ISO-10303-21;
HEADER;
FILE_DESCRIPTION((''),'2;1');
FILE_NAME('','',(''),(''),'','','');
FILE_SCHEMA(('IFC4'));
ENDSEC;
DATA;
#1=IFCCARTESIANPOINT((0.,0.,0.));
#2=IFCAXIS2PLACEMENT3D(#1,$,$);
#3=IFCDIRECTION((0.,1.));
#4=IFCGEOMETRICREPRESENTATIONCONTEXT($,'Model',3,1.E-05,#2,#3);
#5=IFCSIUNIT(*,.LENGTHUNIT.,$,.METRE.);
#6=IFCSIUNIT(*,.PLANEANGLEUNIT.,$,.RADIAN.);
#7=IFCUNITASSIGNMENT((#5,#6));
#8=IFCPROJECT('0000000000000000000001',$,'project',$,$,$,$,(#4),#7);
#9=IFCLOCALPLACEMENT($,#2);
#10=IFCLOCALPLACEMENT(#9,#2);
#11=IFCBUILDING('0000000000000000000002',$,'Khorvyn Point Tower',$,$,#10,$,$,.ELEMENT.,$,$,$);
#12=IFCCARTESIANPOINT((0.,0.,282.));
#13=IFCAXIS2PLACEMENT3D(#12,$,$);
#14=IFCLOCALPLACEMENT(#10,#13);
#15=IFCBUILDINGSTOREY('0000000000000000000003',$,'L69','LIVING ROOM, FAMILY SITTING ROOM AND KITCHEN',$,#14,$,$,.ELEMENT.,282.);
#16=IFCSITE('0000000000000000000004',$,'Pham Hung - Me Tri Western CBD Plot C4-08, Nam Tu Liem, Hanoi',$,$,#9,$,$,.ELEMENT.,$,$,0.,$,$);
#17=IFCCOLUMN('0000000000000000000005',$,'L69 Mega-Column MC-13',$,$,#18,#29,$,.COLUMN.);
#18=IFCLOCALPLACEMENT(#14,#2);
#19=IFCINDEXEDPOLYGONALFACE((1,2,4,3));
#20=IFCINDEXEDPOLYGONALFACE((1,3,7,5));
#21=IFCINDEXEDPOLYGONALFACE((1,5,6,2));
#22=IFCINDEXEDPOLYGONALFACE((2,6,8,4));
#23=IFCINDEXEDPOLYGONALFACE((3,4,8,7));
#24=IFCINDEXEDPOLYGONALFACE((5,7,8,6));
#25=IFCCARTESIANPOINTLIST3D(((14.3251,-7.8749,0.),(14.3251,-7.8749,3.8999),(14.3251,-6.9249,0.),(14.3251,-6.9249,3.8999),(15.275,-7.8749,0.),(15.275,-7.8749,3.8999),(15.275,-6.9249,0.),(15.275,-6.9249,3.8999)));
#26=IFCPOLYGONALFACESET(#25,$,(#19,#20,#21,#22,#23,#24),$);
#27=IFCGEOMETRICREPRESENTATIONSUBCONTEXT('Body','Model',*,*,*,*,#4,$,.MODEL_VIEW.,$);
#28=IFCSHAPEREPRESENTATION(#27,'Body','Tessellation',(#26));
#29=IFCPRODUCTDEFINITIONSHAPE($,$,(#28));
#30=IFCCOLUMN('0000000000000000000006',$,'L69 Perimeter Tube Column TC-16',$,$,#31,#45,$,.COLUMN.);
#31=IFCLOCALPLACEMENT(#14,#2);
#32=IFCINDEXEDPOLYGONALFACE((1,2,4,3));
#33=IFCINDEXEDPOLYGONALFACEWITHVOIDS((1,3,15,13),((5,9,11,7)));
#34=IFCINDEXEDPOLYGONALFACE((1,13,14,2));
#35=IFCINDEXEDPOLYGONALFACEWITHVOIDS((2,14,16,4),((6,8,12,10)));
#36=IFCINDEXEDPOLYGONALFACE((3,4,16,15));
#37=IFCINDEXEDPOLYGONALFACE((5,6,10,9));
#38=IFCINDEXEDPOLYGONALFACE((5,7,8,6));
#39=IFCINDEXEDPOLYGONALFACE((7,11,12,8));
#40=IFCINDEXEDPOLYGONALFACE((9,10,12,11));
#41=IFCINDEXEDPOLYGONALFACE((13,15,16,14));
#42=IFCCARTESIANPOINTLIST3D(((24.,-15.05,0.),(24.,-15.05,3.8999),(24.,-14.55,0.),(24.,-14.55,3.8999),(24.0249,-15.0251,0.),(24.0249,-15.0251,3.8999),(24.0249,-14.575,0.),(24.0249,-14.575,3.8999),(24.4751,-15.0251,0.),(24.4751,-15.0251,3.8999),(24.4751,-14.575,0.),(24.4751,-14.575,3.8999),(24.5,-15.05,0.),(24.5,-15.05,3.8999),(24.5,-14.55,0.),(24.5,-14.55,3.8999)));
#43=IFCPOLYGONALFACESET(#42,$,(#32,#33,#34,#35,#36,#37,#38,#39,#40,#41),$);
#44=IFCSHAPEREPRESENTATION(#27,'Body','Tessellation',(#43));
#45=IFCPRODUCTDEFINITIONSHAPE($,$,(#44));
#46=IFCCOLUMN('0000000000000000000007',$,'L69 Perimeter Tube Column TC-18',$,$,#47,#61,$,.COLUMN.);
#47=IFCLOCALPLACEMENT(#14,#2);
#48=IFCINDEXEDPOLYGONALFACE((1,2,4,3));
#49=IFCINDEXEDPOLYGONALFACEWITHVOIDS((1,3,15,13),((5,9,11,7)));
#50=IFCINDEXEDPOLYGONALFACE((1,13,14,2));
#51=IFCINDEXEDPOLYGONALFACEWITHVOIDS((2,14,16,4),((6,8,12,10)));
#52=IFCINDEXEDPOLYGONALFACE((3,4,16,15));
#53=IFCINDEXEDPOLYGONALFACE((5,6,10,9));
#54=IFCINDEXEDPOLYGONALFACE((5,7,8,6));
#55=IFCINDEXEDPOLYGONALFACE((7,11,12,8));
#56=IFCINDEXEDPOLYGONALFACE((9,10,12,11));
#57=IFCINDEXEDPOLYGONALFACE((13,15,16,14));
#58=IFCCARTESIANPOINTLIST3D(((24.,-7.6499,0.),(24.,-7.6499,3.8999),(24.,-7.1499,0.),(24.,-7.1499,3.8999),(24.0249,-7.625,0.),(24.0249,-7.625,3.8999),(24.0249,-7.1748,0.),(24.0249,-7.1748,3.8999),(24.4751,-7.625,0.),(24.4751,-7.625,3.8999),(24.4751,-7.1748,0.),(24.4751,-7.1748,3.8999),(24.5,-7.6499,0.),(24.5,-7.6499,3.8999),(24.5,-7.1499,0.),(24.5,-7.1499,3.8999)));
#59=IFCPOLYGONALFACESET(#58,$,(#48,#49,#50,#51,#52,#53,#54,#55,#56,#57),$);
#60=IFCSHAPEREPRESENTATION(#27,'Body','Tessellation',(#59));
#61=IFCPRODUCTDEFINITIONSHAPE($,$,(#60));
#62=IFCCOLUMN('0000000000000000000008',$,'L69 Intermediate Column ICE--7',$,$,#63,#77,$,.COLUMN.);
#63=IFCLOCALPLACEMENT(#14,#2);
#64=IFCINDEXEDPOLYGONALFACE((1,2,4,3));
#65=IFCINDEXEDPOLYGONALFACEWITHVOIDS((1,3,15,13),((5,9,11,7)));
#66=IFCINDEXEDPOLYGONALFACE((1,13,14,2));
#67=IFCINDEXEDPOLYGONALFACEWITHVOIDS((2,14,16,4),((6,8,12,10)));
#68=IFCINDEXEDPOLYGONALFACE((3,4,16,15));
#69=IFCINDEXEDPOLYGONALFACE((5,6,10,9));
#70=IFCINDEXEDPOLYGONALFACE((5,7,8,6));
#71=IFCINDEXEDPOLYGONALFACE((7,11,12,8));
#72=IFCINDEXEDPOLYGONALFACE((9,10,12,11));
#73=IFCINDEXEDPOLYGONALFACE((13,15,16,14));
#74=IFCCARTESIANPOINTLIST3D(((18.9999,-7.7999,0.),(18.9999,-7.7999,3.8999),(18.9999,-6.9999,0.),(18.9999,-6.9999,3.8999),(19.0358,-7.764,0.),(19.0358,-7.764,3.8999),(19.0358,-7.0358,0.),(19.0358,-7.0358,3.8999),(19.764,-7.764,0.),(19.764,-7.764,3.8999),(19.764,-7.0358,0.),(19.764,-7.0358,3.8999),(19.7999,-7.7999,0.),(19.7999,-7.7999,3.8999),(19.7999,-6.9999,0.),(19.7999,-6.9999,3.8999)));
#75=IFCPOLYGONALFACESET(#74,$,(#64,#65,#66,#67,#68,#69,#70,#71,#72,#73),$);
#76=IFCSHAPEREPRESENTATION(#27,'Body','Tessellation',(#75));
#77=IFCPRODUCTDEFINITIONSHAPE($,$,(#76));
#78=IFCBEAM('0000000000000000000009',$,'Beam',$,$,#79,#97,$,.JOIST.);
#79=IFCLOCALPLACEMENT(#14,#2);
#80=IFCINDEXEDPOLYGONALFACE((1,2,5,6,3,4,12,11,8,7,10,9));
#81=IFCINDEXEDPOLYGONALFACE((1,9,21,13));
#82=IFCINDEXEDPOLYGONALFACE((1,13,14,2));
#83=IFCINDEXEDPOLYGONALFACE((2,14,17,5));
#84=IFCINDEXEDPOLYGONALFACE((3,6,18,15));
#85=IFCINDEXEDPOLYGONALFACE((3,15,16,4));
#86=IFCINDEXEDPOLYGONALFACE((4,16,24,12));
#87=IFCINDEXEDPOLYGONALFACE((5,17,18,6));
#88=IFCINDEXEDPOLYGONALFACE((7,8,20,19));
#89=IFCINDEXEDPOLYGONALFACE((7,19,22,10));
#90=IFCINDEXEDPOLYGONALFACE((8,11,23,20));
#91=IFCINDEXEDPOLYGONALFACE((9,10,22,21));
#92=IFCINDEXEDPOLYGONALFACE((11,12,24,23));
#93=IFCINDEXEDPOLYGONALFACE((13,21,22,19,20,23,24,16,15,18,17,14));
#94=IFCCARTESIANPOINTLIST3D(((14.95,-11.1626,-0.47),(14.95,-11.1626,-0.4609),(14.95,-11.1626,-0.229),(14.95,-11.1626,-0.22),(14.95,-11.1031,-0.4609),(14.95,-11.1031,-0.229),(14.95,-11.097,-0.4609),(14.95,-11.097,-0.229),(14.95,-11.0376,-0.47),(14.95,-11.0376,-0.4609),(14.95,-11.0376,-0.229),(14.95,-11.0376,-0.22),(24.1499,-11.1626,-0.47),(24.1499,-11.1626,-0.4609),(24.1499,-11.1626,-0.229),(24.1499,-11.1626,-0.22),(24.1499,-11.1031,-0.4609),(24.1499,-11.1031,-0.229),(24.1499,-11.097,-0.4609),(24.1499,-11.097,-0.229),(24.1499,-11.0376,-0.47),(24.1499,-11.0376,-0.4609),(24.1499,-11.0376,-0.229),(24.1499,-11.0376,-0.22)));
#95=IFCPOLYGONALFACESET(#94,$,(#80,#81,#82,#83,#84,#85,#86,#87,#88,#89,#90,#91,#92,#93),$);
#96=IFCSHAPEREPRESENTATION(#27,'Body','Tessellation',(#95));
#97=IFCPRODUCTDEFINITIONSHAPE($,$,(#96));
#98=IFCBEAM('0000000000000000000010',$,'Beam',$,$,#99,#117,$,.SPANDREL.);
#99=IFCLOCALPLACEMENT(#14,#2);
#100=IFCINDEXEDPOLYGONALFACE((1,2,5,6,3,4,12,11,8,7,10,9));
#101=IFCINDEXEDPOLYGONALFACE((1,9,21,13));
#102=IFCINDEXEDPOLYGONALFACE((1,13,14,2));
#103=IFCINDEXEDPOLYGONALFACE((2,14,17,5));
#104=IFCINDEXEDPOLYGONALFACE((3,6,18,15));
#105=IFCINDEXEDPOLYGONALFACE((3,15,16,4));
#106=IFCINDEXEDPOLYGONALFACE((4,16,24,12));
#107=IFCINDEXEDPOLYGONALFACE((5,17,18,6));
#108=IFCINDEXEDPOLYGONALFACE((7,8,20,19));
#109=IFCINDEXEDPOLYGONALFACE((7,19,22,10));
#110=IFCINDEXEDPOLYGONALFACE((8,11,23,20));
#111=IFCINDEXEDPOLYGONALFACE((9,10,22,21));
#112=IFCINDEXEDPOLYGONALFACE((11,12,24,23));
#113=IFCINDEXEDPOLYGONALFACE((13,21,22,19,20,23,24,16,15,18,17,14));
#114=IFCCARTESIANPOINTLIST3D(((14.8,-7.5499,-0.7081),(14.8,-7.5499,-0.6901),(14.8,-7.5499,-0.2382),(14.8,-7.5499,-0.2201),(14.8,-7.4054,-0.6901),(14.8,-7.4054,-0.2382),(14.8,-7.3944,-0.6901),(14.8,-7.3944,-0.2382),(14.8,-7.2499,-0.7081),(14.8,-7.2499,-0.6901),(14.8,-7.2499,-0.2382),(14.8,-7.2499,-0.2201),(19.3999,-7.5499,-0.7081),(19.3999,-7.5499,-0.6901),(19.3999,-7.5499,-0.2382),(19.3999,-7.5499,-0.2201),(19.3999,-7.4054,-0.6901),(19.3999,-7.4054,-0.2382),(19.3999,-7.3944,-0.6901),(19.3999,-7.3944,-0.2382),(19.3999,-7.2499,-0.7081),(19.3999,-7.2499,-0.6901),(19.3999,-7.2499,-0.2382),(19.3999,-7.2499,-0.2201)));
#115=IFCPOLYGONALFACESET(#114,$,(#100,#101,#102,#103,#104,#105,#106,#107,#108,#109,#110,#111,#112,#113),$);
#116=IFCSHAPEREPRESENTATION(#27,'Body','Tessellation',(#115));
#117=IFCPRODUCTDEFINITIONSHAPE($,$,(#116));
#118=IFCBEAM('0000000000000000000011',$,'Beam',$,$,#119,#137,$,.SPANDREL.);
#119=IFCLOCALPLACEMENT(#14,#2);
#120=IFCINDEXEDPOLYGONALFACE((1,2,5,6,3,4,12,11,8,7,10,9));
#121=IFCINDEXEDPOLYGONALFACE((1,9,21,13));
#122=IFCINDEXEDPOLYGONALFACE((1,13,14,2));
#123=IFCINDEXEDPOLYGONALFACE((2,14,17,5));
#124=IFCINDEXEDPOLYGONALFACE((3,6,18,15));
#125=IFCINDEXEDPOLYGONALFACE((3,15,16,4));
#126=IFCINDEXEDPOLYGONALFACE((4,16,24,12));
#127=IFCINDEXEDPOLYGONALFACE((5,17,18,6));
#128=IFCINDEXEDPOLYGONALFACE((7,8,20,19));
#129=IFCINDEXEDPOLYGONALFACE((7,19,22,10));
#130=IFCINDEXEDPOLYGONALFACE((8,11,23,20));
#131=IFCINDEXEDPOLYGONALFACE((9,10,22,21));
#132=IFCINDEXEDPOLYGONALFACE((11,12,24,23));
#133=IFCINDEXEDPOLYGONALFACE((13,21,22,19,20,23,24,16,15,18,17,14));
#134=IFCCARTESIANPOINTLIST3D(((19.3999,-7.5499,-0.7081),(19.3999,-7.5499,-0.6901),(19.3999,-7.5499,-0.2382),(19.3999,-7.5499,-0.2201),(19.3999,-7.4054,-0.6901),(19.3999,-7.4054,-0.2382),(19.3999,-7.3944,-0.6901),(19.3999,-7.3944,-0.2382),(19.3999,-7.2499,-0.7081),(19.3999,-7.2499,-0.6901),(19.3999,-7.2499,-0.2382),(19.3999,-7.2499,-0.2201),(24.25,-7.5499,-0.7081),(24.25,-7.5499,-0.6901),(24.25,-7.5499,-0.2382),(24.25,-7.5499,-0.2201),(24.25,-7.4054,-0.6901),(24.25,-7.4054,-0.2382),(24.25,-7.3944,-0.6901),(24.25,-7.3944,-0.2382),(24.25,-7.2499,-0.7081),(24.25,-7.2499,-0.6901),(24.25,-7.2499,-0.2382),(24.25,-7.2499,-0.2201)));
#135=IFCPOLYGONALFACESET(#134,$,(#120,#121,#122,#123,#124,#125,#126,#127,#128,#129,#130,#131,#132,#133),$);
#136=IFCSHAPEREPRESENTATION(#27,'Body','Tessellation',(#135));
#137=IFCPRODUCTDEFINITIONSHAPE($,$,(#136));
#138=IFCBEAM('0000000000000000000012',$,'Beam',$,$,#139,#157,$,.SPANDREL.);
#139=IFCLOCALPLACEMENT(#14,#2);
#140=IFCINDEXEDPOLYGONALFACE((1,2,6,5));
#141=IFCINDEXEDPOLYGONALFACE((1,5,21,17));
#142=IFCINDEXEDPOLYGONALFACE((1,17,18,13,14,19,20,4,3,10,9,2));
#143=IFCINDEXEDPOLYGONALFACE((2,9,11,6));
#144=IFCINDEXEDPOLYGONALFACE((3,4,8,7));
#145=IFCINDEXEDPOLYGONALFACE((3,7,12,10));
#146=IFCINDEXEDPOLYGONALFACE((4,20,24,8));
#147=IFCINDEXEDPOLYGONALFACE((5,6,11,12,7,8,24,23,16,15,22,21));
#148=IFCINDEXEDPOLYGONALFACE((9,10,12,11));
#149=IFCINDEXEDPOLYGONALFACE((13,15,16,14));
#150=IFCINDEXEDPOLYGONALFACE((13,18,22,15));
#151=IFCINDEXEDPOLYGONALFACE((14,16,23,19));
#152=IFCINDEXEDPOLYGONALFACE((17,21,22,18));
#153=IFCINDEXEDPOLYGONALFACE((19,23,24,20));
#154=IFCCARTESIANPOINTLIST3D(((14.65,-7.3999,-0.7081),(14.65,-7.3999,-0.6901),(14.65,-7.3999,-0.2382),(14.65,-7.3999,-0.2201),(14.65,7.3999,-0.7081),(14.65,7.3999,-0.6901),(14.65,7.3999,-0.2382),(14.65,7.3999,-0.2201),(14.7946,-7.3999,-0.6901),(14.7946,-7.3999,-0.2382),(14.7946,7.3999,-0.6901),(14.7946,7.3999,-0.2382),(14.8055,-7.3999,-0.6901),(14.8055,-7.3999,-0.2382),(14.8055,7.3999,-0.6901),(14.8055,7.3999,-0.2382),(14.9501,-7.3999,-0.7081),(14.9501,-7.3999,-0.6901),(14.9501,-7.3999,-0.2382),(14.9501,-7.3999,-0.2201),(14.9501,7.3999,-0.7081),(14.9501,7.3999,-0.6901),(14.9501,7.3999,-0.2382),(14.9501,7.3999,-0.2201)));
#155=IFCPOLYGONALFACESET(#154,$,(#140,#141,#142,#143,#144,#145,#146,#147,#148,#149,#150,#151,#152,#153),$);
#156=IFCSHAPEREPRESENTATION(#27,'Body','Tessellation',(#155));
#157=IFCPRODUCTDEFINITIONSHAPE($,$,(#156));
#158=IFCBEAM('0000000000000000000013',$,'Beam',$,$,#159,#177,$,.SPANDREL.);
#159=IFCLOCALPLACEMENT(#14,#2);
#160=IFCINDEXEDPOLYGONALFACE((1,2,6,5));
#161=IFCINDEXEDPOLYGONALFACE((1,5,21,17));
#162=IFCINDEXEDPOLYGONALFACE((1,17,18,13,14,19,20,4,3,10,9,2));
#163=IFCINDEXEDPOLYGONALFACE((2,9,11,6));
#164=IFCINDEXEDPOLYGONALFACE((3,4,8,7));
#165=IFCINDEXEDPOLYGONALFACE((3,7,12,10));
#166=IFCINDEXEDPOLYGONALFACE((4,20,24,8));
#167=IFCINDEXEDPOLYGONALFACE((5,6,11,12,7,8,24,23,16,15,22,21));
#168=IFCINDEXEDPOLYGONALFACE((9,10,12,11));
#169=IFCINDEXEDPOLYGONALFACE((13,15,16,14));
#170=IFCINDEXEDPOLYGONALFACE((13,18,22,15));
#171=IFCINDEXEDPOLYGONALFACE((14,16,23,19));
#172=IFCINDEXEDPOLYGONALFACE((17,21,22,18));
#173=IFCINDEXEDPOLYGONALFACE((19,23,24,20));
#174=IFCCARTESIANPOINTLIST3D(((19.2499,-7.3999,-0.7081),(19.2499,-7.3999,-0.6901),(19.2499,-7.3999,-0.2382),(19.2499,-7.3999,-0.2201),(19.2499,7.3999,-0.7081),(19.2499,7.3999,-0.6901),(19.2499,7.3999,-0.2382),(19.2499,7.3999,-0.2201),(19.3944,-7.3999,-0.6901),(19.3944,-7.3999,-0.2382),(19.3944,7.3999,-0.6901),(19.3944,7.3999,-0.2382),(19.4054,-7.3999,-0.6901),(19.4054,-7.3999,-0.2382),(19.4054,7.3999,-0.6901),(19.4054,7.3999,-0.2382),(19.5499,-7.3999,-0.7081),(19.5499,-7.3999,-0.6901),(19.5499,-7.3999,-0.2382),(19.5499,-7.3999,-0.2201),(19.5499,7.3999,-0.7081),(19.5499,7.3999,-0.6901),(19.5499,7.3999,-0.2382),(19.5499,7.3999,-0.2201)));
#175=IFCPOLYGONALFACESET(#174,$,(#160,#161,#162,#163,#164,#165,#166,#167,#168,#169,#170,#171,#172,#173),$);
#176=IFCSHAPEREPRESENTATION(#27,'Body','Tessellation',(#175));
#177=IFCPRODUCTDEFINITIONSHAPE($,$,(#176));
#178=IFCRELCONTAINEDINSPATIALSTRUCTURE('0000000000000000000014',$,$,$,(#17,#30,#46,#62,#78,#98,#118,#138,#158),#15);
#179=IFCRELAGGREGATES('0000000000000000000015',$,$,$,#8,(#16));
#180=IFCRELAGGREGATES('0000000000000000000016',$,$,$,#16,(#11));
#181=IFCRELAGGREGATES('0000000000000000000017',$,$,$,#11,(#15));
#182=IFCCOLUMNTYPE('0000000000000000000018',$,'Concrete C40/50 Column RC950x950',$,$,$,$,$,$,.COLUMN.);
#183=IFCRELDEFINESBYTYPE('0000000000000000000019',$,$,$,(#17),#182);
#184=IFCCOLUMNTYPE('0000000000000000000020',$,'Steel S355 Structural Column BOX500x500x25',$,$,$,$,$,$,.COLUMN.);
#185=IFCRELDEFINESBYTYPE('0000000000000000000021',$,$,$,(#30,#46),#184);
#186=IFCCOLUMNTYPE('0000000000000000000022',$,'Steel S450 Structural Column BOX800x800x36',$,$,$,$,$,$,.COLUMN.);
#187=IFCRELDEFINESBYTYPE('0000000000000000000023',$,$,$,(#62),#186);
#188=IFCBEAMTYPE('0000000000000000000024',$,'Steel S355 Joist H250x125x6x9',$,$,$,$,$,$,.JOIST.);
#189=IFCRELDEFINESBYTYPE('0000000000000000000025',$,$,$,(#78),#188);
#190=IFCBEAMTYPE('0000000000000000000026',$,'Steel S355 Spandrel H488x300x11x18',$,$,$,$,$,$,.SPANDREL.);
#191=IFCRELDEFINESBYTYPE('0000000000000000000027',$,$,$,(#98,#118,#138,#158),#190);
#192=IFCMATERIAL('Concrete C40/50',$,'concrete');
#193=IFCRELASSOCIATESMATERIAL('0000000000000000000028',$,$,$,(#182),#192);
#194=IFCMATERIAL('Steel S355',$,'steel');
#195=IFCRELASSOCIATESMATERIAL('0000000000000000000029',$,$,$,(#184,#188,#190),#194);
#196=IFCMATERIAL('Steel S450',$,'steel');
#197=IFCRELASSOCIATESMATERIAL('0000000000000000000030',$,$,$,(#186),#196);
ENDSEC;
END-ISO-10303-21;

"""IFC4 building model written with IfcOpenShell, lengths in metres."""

from ifc_helpers import new_model, si_unit, direction, frame, origin, origin_2d, place, context, subcontext, project, spatial, rectangle, hollow_rectangle, i_section, extrude, material, material_profile, profile_set, type_object, element, save


model = new_model("IFC4")

# Units and contexts
model_context = context("Model", 3, precision=1e-05, world=origin(), true_north=direction((0.0, 1.0)))
body_context = subcontext(model_context, "Body", "Model", "MODEL_VIEW")
ifc_project = project(units=[si_unit("LENGTHUNIT", "METRE"), si_unit("PLANEANGLEUNIT", "RADIAN")], contexts=[model_context])

# Site, building, storey
site_placement = place(None, origin())
site = spatial("IfcSite", under=ifc_project, at=site_placement, Name="Pham Hung - Me Tri Western CBD Plot C4-08, Nam Tu Liem, Hanoi", CompositionType="ELEMENT", RefElevation=0.0)
building_placement = place(site_placement, origin())
building = spatial("IfcBuilding", under=site, at=building_placement, Name="Khorvyn Point Tower", CompositionType="ELEMENT")
storey_placement = place(building_placement, frame((0.0, 0.0, 282.0)))
storey = spatial("IfcBuildingStorey", under=building, at=storey_placement, Name="L69", Description="LIVING ROOM, FAMILY SITTING ROOM AND KITCHEN", CompositionType="ELEMENT", Elevation=282.0)

# Columns
ifc_material_1 = material(Name="Concrete C40/50", Category="concrete")
ifc_material_profile_1 = material_profile(ifc_material_1, rectangle(XDim=0.95, YDim=0.95, at=origin_2d()))
ifc_profile_set_1 = profile_set([ifc_material_profile_1], Name="Concrete C40/50 RC950x950")
column_type_1 = type_object("IfcColumnType", Name="Concrete C40/50 Column RC950x950", PredefinedType="COLUMN", material=ifc_profile_set_1)
column_1_placement = place(storey_placement, frame((14.8, -7.3999, 0.0), z_axis=(0.0, 0.0, 1.0), x_axis=(1.0, 0.0, 0.0)))
element("IfcColumn", 1, at=column_1_placement, inside=storey, type_object=column_type_1, Name="L69 Mega-Column MC-13", PredefinedType="COLUMN", context=body_context, shape_type="SweptSolid", body=[
    extrude(rectangle(XDim=0.95, YDim=0.95, at=origin_2d()), origin(), (0.0, 0.0, 1.0), 3.8999),
])
ifc_material_2 = material(Name="Steel S355", Category="steel")
ifc_material_profile_2 = material_profile(ifc_material_2, hollow_rectangle(XDim=0.5, YDim=0.5, WallThickness=0.0249, at=origin_2d()))
ifc_profile_set_2 = profile_set([ifc_material_profile_2], Name="Steel S355 BOX500x500x25")
column_type_2 = type_object("IfcColumnType", Name="Steel S355 Structural Column BOX500x500x25", PredefinedType="COLUMN", material=ifc_profile_set_2)
for number, where, z_axis, x_axis, name in (
    (2, (24.25, -14.8, 0.0), (0.0, 0.0, 1.0), (1.0, 0.0, 0.0), "L69 Perimeter Tube Column TC-16"),
    (3, (24.25, -7.3999, 0.0), (0.0, 0.0, 1.0), (1.0, 0.0, 0.0), "L69 Perimeter Tube Column TC-18"),
):
    element("IfcColumn", number, at=place(storey_placement, frame(where, z_axis=z_axis, x_axis=x_axis)), inside=storey, type_object=column_type_2, Name=name, PredefinedType="COLUMN", context=body_context, shape_type="SweptSolid", body=[
        extrude(hollow_rectangle(XDim=0.5, YDim=0.5, WallThickness=0.0249, at=origin_2d()), origin(), (0.0, 0.0, 1.0), 3.8999),
    ])
ifc_material_3 = material(Name="Steel S450", Category="steel")
ifc_material_profile_3 = material_profile(ifc_material_3, hollow_rectangle(XDim=0.8, YDim=0.8, WallThickness=0.0359, at=origin_2d()))
ifc_profile_set_3 = profile_set([ifc_material_profile_3], Name="Steel S450 BOX800x800x36")
column_type_3 = type_object("IfcColumnType", Name="Steel S450 Structural Column BOX800x800x36", PredefinedType="COLUMN", material=ifc_profile_set_3)
column_2_placement = place(storey_placement, frame((19.3999, -7.3999, 0.0), z_axis=(0.0, 0.0, 1.0), x_axis=(1.0, 0.0, 0.0)))
element("IfcColumn", 4, at=column_2_placement, inside=storey, type_object=column_type_3, Name="L69 Intermediate Column ICE--7", PredefinedType="COLUMN", context=body_context, shape_type="SweptSolid", body=[
    extrude(hollow_rectangle(XDim=0.8, YDim=0.8, WallThickness=0.0359, at=origin_2d()), origin(), (0.0, 0.0, 1.0), 3.8999),
])

# Beams
ifc_material_profile_4 = material_profile(ifc_material_2, i_section(OverallWidth=0.125, OverallDepth=0.25, WebThickness=0.0061, FlangeThickness=0.009, at=origin_2d()))
ifc_profile_set_4 = profile_set([ifc_material_profile_4], Name="Steel S355 H250x125x6x9")
beam_type_1 = type_object("IfcBeamType", Name="Steel S355 Joist H250x125x6x9", PredefinedType="JOIST", material=ifc_profile_set_4)
beam_1_placement = place(storey_placement, frame((14.95, -11.1001, -0.345), z_axis=(1.0, 0.0, 0.0), x_axis=(0.0, 1.0, 0.0)))
element("IfcBeam", 5, at=beam_1_placement, inside=storey, type_object=beam_type_1, Name="Beam", PredefinedType="JOIST", context=body_context, shape_type="SweptSolid", body=[
    extrude(i_section(OverallWidth=0.125, OverallDepth=0.25, WebThickness=0.0061, FlangeThickness=0.009, at=origin_2d()), origin(), (0.0, 0.0, 1.0), 9.2),
])
ifc_material_profile_5 = material_profile(ifc_material_2, i_section(OverallWidth=0.3, OverallDepth=0.488, WebThickness=0.011, FlangeThickness=0.0181, at=origin_2d()))
ifc_profile_set_5 = profile_set([ifc_material_profile_5], Name="Steel S355 H488x300x11x18")
beam_type_2 = type_object("IfcBeamType", Name="Steel S355 Spandrel H488x300x11x18", PredefinedType="SPANDREL", material=ifc_profile_set_5)
beam_2_placement = place(storey_placement, frame((14.8, -7.3999, -0.4641), z_axis=(1.0, 0.0, 0.0), x_axis=(0.0, 1.0, 0.0)))
element("IfcBeam", 6, at=beam_2_placement, inside=storey, type_object=beam_type_2, Name="Beam", PredefinedType="SPANDREL", context=body_context, shape_type="SweptSolid", body=[
    extrude(i_section(OverallWidth=0.3, OverallDepth=0.488, WebThickness=0.011, FlangeThickness=0.0181, at=origin_2d()), origin(), (0.0, 0.0, 1.0), 4.5999),
])
beam_3_placement = place(storey_placement, frame((19.3999, -7.3999, -0.4641), z_axis=(1.0, 0.0, 0.0), x_axis=(0.0, 1.0, 0.0)))
element("IfcBeam", 7, at=beam_3_placement, inside=storey, type_object=beam_type_2, Name="Beam", PredefinedType="SPANDREL", context=body_context, shape_type="SweptSolid", body=[
    extrude(i_section(OverallWidth=0.3, OverallDepth=0.488, WebThickness=0.011, FlangeThickness=0.0181, at=origin_2d()), origin(), (0.0, 0.0, 1.0), 4.8501),
])
for number, where, z_axis, x_axis, name in (
    (8, (14.8, -7.3999, -0.4641), (0.0, 1.0, 0.0), (-1.0, 0.0, 0.0), "Beam"),
    (9, (19.3999, -7.3999, -0.4641), (0.0, 1.0, 0.0), (-1.0, 0.0, 0.0), "Beam"),
):
    element("IfcBeam", number, at=place(storey_placement, frame(where, z_axis=z_axis, x_axis=x_axis)), inside=storey, type_object=beam_type_2, Name=name, PredefinedType="SPANDREL", context=body_context, shape_type="SweptSolid", body=[
        extrude(i_section(OverallWidth=0.3, OverallDepth=0.488, WebThickness=0.011, FlangeThickness=0.0181, at=origin_2d()), origin(), (0.0, 0.0, 1.0), 14.7998),
    ])

save(model, "model.ifc")
